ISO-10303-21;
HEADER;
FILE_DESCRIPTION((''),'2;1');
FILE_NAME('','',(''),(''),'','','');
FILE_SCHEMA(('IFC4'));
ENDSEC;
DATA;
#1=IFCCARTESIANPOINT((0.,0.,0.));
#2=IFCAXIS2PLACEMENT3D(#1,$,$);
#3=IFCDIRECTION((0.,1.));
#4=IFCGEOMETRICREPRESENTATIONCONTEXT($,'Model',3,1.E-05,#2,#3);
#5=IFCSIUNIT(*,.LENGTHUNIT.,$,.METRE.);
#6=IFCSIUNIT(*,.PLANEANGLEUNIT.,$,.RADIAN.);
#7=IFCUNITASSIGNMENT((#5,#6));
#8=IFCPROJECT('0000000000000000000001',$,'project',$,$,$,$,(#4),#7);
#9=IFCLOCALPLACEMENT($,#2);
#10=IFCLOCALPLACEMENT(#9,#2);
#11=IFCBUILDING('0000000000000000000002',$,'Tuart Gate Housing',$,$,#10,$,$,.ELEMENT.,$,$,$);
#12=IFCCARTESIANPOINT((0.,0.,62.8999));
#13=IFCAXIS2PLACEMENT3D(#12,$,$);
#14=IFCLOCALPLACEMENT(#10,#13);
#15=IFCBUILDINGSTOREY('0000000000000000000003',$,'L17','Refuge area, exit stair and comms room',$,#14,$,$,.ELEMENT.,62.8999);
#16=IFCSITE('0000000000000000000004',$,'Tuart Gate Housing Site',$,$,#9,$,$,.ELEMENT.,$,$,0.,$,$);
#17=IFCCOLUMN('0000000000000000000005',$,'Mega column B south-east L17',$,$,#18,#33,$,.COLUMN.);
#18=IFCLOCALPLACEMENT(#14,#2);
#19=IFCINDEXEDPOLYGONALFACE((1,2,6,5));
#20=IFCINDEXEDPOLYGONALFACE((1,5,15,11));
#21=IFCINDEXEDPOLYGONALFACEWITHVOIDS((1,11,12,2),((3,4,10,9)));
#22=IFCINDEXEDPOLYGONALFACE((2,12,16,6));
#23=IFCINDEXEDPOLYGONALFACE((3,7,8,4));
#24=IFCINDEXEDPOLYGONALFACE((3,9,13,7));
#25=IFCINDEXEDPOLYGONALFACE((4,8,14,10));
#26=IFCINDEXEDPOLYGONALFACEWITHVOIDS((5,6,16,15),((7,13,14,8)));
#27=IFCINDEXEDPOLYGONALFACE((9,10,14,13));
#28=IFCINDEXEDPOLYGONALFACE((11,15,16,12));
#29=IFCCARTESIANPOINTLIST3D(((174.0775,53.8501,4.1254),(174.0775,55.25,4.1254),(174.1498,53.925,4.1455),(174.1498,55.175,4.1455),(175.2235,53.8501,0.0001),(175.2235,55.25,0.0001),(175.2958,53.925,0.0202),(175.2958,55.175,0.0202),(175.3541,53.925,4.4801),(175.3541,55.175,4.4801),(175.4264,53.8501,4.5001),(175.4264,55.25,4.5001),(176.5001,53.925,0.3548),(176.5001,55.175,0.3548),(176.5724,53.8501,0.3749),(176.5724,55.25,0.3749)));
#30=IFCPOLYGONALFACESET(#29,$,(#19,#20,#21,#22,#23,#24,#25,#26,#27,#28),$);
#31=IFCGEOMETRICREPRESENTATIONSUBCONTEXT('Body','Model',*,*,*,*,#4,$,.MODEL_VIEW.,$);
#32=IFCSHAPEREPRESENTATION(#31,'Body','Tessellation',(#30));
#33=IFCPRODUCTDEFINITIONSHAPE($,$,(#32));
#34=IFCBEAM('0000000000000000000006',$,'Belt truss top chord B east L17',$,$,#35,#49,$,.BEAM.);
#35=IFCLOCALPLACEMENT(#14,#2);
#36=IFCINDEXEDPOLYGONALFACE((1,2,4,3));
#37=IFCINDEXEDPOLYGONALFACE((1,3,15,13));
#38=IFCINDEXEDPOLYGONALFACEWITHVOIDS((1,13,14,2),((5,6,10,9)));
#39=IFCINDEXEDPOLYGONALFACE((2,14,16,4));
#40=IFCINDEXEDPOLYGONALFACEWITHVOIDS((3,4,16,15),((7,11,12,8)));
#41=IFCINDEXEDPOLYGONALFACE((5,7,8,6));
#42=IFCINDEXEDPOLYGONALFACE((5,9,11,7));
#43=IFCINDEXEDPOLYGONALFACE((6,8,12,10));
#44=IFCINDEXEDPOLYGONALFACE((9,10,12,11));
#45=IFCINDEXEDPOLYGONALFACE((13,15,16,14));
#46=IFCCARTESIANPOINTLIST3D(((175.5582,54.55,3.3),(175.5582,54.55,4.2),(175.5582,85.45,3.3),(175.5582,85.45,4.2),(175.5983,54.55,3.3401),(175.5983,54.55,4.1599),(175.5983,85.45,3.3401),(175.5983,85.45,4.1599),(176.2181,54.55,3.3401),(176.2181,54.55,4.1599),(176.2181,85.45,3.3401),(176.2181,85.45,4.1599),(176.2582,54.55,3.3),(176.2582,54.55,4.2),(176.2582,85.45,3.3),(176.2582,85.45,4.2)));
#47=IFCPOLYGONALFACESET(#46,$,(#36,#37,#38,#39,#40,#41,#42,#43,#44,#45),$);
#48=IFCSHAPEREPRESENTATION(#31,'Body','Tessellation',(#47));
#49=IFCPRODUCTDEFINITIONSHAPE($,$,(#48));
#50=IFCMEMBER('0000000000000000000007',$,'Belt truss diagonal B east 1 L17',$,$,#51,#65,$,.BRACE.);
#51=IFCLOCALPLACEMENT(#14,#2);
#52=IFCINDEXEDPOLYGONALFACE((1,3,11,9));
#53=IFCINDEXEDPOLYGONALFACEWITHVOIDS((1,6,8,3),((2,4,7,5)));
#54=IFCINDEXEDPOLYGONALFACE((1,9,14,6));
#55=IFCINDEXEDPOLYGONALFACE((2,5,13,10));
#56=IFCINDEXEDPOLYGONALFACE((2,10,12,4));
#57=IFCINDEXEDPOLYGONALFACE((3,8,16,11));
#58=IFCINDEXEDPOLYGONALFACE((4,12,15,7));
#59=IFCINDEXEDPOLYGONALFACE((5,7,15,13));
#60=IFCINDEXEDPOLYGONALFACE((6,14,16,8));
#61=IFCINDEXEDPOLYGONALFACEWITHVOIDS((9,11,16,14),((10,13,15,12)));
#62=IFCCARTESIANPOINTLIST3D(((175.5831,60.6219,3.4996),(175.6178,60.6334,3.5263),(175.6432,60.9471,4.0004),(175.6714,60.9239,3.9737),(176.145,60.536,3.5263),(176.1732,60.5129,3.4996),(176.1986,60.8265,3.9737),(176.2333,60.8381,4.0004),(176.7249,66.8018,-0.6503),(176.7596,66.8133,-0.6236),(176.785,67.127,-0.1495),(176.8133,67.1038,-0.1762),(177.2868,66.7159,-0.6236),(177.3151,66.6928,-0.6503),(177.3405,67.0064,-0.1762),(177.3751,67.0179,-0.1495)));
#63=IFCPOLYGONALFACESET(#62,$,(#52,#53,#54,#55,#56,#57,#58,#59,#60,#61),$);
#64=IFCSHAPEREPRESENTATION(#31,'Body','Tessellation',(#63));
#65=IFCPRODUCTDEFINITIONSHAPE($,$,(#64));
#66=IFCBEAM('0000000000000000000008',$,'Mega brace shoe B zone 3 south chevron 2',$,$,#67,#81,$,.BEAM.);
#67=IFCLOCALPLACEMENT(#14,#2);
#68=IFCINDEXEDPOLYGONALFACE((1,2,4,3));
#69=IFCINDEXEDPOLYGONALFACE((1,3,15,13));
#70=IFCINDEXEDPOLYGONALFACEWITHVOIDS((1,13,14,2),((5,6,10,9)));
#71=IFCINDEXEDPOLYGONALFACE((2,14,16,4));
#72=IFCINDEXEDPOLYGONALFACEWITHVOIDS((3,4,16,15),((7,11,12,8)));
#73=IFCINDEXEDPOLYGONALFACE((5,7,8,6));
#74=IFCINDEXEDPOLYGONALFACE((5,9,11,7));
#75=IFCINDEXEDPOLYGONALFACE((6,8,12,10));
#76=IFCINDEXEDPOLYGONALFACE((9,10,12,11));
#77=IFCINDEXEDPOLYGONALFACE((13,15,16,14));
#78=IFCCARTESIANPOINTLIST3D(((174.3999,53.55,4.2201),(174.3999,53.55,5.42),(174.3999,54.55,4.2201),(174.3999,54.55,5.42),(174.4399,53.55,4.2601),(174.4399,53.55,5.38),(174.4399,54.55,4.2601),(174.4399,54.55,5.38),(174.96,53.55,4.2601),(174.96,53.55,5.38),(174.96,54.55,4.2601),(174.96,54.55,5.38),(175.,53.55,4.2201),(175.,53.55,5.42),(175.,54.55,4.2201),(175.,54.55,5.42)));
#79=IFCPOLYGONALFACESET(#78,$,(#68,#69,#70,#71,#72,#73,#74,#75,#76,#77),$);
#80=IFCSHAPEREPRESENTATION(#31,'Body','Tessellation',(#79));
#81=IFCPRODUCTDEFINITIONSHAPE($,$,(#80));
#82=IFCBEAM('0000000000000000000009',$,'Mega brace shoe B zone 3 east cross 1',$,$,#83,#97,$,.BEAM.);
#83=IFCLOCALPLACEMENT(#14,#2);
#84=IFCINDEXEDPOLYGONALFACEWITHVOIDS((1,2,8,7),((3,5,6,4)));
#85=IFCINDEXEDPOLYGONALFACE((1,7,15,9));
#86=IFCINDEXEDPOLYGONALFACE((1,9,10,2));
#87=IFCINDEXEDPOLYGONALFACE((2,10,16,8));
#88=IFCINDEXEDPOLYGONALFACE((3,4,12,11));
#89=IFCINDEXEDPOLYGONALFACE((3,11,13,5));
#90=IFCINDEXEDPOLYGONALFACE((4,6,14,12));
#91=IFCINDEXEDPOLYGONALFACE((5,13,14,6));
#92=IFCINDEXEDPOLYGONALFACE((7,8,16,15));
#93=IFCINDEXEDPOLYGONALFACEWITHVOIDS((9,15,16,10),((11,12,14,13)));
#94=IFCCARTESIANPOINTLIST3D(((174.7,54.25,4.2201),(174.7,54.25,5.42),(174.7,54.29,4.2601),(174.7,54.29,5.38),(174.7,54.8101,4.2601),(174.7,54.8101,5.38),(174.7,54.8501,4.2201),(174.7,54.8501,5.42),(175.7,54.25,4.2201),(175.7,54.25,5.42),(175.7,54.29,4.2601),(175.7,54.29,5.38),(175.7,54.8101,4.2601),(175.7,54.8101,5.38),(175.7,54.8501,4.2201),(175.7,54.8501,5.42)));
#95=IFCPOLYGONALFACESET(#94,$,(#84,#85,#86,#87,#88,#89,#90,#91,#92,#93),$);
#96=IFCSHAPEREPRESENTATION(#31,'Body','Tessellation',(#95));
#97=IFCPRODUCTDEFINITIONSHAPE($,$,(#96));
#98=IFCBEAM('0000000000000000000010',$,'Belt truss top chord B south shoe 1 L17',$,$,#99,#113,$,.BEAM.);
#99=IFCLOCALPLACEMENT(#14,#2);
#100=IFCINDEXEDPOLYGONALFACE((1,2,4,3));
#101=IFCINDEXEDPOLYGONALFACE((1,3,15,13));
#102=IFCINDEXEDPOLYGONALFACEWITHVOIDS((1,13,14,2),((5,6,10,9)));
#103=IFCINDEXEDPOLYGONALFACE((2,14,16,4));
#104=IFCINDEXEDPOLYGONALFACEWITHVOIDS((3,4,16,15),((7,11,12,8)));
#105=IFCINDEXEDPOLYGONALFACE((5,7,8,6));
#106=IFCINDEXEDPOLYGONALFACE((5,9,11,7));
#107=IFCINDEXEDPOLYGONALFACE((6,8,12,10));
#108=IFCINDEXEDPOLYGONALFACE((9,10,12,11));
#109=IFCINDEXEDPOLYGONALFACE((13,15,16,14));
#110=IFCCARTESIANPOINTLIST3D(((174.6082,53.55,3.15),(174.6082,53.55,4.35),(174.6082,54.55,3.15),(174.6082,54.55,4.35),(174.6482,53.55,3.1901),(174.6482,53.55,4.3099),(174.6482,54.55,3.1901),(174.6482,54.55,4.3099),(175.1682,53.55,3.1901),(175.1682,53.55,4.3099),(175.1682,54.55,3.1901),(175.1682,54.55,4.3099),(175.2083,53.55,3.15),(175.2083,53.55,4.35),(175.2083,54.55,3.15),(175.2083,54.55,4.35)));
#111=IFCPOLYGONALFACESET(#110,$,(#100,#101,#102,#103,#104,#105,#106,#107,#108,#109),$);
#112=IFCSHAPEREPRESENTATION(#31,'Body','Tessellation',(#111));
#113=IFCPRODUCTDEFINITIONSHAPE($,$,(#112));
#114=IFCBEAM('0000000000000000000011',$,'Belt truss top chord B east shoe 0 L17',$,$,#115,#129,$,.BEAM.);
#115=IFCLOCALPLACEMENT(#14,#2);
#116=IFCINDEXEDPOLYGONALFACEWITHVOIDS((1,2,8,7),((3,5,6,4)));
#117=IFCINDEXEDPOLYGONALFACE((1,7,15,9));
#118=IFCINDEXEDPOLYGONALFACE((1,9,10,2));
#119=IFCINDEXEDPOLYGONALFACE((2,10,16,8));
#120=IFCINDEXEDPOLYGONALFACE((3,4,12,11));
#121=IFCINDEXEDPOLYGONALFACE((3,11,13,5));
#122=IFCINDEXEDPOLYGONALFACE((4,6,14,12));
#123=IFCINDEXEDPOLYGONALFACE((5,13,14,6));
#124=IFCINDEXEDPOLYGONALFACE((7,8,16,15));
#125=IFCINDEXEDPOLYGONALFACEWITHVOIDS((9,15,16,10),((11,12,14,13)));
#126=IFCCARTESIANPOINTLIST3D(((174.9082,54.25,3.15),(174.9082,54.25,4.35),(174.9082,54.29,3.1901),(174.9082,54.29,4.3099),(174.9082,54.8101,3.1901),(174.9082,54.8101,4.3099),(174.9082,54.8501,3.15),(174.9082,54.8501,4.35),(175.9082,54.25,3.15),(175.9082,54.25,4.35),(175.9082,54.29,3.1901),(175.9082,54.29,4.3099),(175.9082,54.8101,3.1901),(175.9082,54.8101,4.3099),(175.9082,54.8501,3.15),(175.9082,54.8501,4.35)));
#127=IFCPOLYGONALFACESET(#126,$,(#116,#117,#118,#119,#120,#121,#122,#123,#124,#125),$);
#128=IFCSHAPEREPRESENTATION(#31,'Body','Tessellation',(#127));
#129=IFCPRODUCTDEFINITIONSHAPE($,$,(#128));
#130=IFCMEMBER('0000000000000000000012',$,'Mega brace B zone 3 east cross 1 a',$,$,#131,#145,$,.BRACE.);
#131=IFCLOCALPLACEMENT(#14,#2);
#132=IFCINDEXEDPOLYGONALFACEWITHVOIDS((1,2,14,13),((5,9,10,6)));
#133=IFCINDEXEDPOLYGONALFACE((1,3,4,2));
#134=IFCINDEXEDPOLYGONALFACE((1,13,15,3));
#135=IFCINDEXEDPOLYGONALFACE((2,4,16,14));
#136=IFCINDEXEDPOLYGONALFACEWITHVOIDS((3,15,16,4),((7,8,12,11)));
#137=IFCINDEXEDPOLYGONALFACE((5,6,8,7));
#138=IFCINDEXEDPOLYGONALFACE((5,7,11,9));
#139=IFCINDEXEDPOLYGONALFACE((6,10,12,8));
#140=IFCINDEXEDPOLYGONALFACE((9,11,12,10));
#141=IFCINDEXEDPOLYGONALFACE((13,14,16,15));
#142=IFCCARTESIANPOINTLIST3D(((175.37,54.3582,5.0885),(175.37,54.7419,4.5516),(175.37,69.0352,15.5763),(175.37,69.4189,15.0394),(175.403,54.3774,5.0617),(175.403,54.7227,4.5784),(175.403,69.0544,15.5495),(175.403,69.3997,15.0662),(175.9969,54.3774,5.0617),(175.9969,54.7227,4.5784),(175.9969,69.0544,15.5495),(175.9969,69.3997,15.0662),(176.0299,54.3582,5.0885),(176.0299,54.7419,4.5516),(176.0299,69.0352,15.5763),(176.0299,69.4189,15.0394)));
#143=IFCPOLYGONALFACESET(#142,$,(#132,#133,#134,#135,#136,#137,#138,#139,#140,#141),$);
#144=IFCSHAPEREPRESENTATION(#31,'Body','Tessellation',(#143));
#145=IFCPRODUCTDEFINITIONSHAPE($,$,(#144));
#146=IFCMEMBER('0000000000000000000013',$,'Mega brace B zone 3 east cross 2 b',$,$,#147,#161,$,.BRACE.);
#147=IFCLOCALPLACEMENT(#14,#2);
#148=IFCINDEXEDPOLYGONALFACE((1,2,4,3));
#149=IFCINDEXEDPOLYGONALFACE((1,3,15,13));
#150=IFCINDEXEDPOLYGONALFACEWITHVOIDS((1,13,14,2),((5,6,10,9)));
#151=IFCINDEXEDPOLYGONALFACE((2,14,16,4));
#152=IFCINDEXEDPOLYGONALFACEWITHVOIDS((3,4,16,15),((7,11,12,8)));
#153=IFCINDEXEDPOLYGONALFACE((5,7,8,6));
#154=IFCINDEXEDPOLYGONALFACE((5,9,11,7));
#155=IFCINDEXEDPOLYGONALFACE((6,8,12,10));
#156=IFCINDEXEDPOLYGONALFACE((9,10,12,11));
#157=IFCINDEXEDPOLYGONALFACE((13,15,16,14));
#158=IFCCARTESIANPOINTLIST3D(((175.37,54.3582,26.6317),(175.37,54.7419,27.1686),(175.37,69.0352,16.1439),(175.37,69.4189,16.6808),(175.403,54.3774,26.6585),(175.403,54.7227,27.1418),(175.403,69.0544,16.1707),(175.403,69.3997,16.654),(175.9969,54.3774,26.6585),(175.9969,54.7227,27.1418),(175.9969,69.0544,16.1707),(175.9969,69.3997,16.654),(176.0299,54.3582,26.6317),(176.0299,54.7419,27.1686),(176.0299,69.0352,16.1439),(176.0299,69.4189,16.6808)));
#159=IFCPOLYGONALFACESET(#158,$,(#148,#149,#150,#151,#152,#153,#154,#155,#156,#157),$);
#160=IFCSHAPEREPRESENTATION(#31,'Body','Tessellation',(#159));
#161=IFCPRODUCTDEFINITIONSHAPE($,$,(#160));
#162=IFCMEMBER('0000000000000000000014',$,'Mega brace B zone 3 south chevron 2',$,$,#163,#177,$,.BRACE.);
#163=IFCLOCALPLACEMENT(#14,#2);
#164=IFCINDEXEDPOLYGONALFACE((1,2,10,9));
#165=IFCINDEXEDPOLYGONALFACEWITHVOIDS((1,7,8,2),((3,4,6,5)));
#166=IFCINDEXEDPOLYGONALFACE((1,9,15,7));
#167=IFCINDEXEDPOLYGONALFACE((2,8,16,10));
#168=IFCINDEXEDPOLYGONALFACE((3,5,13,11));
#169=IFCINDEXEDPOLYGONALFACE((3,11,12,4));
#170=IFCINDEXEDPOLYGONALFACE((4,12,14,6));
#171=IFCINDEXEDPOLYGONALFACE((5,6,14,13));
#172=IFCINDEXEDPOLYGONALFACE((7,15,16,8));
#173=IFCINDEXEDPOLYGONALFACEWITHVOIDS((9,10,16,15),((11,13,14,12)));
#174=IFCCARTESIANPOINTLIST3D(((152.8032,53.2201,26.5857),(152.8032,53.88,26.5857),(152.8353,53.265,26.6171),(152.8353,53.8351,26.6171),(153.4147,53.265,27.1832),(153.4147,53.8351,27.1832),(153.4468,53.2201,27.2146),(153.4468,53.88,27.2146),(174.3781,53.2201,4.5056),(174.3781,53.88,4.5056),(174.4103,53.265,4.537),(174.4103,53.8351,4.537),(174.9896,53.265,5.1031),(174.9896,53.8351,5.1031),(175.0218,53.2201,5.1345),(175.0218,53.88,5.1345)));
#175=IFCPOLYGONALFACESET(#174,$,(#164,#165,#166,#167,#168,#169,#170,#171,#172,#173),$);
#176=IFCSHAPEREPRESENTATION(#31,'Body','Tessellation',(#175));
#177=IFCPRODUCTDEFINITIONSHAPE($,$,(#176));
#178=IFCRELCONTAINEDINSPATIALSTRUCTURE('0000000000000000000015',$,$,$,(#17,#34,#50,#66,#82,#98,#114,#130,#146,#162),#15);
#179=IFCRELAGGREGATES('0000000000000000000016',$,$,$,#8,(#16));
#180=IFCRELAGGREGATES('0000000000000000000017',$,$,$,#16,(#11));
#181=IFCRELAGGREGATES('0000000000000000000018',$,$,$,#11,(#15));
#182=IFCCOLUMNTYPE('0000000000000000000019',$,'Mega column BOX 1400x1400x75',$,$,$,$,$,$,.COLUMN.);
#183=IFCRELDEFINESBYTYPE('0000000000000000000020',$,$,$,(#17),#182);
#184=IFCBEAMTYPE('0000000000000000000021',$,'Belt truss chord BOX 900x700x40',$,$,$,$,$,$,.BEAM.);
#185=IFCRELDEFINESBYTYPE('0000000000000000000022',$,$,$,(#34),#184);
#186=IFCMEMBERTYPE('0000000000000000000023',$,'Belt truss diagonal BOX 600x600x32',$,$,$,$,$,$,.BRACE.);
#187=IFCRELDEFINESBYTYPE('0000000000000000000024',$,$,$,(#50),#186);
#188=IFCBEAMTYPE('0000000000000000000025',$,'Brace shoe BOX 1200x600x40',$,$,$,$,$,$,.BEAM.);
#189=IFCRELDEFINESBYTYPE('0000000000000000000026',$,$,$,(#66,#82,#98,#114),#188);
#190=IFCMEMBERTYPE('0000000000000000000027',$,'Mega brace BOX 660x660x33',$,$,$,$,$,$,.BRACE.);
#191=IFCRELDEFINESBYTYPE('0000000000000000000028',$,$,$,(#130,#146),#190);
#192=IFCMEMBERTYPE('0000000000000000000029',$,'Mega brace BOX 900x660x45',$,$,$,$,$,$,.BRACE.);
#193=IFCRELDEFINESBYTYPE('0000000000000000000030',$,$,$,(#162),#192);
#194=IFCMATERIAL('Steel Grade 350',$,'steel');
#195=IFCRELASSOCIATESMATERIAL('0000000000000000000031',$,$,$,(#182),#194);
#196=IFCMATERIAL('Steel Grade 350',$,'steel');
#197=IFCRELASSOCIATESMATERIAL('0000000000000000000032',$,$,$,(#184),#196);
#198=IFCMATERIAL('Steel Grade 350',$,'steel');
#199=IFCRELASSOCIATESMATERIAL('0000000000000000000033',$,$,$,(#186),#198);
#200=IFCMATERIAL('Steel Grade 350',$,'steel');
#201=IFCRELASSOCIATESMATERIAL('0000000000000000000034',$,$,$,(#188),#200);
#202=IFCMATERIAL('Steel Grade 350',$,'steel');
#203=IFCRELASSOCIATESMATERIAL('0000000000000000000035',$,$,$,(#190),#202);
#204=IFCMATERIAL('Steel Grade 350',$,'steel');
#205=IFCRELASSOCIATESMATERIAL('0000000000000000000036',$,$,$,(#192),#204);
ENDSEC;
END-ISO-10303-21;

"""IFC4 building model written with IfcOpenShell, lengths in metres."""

from ifc_helpers import new_model, si_unit, direction, frame, origin, origin_2d, place, context, subcontext, project, spatial, hollow_rectangle, extrude, material, material_profile, profile_set, type_object, element, save


model = new_model("IFC4")

# Units and contexts
model_context = context("Model", 3, precision=1e-05, world=origin(), true_north=direction((0.0, 1.0)))
body_context = subcontext(model_context, "Body", "Model", "MODEL_VIEW")
ifc_project = project(units=[si_unit("LENGTHUNIT", "METRE"), si_unit("PLANEANGLEUNIT", "RADIAN")], contexts=[model_context])

# Site, building, storey
site_placement = place(None, origin())
site = spatial("IfcSite", under=ifc_project, at=site_placement, Name="Tuart Gate Housing Site", CompositionType="ELEMENT", RefElevation=0.0)
building_placement = place(site_placement, origin())
building = spatial("IfcBuilding", under=site, at=building_placement, Name="Tuart Gate Housing", CompositionType="ELEMENT")
storey_placement = place(building_placement, frame((0.0, 0.0, 62.8999)))
storey = spatial("IfcBuildingStorey", under=building, at=storey_placement, Name="L17", Description="Refuge area, exit stair and comms room", CompositionType="ELEMENT", Elevation=62.8999)

# Column
ifc_material_1 = material(Name="Steel Grade 350", Category="steel")
ifc_material_profile_1 = material_profile(ifc_material_1, hollow_rectangle(XDim=1.3999, YDim=1.3999, WallThickness=0.075, at=origin_2d()), Name="BOX 1400x1400x75")
ifc_profile_set_1 = profile_set([ifc_material_profile_1], Name="Steel Grade 350")
column_type = type_object("IfcColumnType", Name="Mega column BOX 1400x1400x75", PredefinedType="COLUMN", material=ifc_profile_set_1)
column_placement = place(storey_placement, frame((175.8979, 54.55, 0.1875), z_axis=(-0.267664, 0.0, 0.963512), x_axis=(0.0, -1.0, 0.0)))
element("IfcColumn", 1, at=column_placement, inside=storey, type_object=column_type, Name="Mega column B south-east L17", PredefinedType="COLUMN", context=body_context, shape_type="SweptSolid", body=[
    extrude(hollow_rectangle(XDim=1.3999, YDim=1.3999, WallThickness=0.075, at=origin_2d()), origin(), (0.0, 0.0, 1.0), 4.2815),
])

# Beam
ifc_material_2 = material(Name="Steel Grade 350", Category="steel")
ifc_material_profile_2 = material_profile(ifc_material_2, hollow_rectangle(XDim=0.7, YDim=0.8999, WallThickness=0.04, at=origin_2d()), Name="BOX 900x700x40")
ifc_profile_set_2 = profile_set([ifc_material_profile_2], Name="Steel Grade 350")
beam_type_1 = type_object("IfcBeamType", Name="Belt truss chord BOX 900x700x40", PredefinedType="BEAM", material=ifc_profile_set_2)
beam_placement = place(storey_placement, frame((175.9082, 54.55, 3.75), z_axis=(0.0, 1.0, 0.0), x_axis=(-1.0, 0.0, 0.0)))
element("IfcBeam", 2, at=beam_placement, inside=storey, type_object=beam_type_1, Name="Belt truss top chord B east L17", PredefinedType="BEAM", context=body_context, shape_type="SweptSolid", body=[
    extrude(hollow_rectangle(XDim=0.7, YDim=0.8999, WallThickness=0.04, at=origin_2d()), origin(), (0.0, 0.0, 1.0), 30.8999),
])

# Member
ifc_material_3 = material(Name="Steel Grade 350", Category="steel")
ifc_material_profile_3 = material_profile(ifc_material_3, hollow_rectangle(XDim=0.6001, YDim=0.6001, WallThickness=0.032, at=origin_2d()), Name="BOX 600x600x32")
ifc_profile_set_3 = profile_set([ifc_material_profile_3], Name="Steel Grade 350")
member_type_1 = type_object("IfcMemberType", Name="Belt truss diagonal BOX 600x600x32", PredefinedType="BRACE", material=ifc_profile_set_3)
member_1_placement = place(storey_placement, frame((175.9082, 60.73, 3.75), z_axis=(0.151618, 0.820591, -0.551037), x_axis=(-0.983356, 0.181691, 0.0)))
element("IfcMember", 3, at=member_1_placement, inside=storey, type_object=member_type_1, Name="Belt truss diagonal B east 1 L17", PredefinedType="BRACE", context=body_context, shape_type="SweptSolid", body=[
    extrude(hollow_rectangle(XDim=0.6001, YDim=0.6001, WallThickness=0.032, at=origin_2d()), origin(), (0.0, 0.0, 1.0), 7.531),
])

# Beams
ifc_material_4 = material(Name="Steel Grade 350", Category="steel")
ifc_material_profile_4 = material_profile(ifc_material_4, hollow_rectangle(XDim=0.6001, YDim=1.2, WallThickness=0.04, at=origin_2d()), Name="BOX 1200x600x40")
ifc_profile_set_4 = profile_set([ifc_material_profile_4], Name="Steel Grade 350")
beam_type_2 = type_object("IfcBeamType", Name="Brace shoe BOX 1200x600x40", PredefinedType="BEAM", material=ifc_profile_set_4)
for number, where, z_axis, x_axis, name in (
    (4, (174.7, 54.55, 4.8201), (0.0, -1.0, 0.0), (1.0, 0.0, 0.0), "Mega brace shoe B zone 3 south chevron 2"),
    (5, (174.7, 54.55, 4.8201), (1.0, 0.0, 0.0), (0.0, 1.0, 0.0), "Mega brace shoe B zone 3 east cross 1"),
    (6, (174.9082, 54.55, 3.75), (0.0, -1.0, 0.0), (1.0, 0.0, 0.0), "Belt truss top chord B south shoe 1 L17"),
    (7, (174.9082, 54.55, 3.75), (1.0, 0.0, 0.0), (0.0, 1.0, 0.0), "Belt truss top chord B east shoe 0 L17"),
):
    element("IfcBeam", number, at=place(storey_placement, frame(where, z_axis=z_axis, x_axis=x_axis)), inside=storey, type_object=beam_type_2, Name=name, PredefinedType="BEAM", context=body_context, shape_type="SweptSolid", body=[
        extrude(hollow_rectangle(XDim=0.6001, YDim=1.2, WallThickness=0.04, at=origin_2d()), origin(), (0.0, 0.0, 1.0), 1.0),
    ])

# Members
ifc_material_5 = material(Name="Steel Grade 350", Category="steel")
ifc_material_profile_5 = material_profile(ifc_material_5, hollow_rectangle(XDim=0.6599, YDim=0.6599, WallThickness=0.033, at=origin_2d()), Name="BOX 660x660x33")
ifc_profile_set_5 = profile_set([ifc_material_profile_5], Name="Steel Grade 350")
member_type_2 = type_object("IfcMemberType", Name="Mega brace BOX 660x660x33", PredefinedType="BRACE", material=ifc_profile_set_5)
for number, where, z_axis, x_axis, name in (
    (8, (175.7, 54.55, 4.8201), (0.0, 0.813623, 0.581393), (-1.0, 0.0, 0.0), "Mega brace B zone 3 east cross 1 a"),
    (9, (175.7, 69.2271, 16.4124), (0.0, -0.813623, 0.581393), (1.0, 0.0, 0.0), "Mega brace B zone 3 east cross 2 b"),
):
    element("IfcMember", number, at=place(storey_placement, frame(where, z_axis=z_axis, x_axis=x_axis)), inside=storey, type_object=member_type_2, Name=name, PredefinedType="BRACE", context=body_context, shape_type="SweptSolid", body=[
        extrude(hollow_rectangle(XDim=0.6599, YDim=0.6599, WallThickness=0.033, at=origin_2d()), origin(), (0.0, 0.0, 1.0), 18.0391),
    ])
ifc_material_6 = material(Name="Steel Grade 350", Category="steel")
ifc_material_profile_6 = material_profile(ifc_material_6, hollow_rectangle(XDim=0.6599, YDim=0.8999, WallThickness=0.0449, at=origin_2d()), Name="BOX 900x660x45")
ifc_profile_set_6 = profile_set([ifc_material_profile_6], Name="Steel Grade 350")
member_type_3 = type_object("IfcMemberType", Name="Mega brace BOX 900x660x45", PredefinedType="BRACE", material=ifc_profile_set_6)
member_2_placement = place(storey_placement, frame((174.7, 53.55, 4.8201), z_axis=(-0.698878, 0.0, 0.715241), x_axis=(0.0, -1.0, 0.0)))
element("IfcMember", 10, at=member_2_placement, inside=storey, type_object=member_type_3, Name="Mega brace B zone 3 south chevron 2", PredefinedType="BRACE", context=body_context, shape_type="SweptSolid", body=[
    extrude(hollow_rectangle(XDim=0.6599, YDim=0.8999, WallThickness=0.0449, at=origin_2d()), origin(), (0.0, 0.0, 1.0), 30.8708),
])

save(model, "model.ifc")
